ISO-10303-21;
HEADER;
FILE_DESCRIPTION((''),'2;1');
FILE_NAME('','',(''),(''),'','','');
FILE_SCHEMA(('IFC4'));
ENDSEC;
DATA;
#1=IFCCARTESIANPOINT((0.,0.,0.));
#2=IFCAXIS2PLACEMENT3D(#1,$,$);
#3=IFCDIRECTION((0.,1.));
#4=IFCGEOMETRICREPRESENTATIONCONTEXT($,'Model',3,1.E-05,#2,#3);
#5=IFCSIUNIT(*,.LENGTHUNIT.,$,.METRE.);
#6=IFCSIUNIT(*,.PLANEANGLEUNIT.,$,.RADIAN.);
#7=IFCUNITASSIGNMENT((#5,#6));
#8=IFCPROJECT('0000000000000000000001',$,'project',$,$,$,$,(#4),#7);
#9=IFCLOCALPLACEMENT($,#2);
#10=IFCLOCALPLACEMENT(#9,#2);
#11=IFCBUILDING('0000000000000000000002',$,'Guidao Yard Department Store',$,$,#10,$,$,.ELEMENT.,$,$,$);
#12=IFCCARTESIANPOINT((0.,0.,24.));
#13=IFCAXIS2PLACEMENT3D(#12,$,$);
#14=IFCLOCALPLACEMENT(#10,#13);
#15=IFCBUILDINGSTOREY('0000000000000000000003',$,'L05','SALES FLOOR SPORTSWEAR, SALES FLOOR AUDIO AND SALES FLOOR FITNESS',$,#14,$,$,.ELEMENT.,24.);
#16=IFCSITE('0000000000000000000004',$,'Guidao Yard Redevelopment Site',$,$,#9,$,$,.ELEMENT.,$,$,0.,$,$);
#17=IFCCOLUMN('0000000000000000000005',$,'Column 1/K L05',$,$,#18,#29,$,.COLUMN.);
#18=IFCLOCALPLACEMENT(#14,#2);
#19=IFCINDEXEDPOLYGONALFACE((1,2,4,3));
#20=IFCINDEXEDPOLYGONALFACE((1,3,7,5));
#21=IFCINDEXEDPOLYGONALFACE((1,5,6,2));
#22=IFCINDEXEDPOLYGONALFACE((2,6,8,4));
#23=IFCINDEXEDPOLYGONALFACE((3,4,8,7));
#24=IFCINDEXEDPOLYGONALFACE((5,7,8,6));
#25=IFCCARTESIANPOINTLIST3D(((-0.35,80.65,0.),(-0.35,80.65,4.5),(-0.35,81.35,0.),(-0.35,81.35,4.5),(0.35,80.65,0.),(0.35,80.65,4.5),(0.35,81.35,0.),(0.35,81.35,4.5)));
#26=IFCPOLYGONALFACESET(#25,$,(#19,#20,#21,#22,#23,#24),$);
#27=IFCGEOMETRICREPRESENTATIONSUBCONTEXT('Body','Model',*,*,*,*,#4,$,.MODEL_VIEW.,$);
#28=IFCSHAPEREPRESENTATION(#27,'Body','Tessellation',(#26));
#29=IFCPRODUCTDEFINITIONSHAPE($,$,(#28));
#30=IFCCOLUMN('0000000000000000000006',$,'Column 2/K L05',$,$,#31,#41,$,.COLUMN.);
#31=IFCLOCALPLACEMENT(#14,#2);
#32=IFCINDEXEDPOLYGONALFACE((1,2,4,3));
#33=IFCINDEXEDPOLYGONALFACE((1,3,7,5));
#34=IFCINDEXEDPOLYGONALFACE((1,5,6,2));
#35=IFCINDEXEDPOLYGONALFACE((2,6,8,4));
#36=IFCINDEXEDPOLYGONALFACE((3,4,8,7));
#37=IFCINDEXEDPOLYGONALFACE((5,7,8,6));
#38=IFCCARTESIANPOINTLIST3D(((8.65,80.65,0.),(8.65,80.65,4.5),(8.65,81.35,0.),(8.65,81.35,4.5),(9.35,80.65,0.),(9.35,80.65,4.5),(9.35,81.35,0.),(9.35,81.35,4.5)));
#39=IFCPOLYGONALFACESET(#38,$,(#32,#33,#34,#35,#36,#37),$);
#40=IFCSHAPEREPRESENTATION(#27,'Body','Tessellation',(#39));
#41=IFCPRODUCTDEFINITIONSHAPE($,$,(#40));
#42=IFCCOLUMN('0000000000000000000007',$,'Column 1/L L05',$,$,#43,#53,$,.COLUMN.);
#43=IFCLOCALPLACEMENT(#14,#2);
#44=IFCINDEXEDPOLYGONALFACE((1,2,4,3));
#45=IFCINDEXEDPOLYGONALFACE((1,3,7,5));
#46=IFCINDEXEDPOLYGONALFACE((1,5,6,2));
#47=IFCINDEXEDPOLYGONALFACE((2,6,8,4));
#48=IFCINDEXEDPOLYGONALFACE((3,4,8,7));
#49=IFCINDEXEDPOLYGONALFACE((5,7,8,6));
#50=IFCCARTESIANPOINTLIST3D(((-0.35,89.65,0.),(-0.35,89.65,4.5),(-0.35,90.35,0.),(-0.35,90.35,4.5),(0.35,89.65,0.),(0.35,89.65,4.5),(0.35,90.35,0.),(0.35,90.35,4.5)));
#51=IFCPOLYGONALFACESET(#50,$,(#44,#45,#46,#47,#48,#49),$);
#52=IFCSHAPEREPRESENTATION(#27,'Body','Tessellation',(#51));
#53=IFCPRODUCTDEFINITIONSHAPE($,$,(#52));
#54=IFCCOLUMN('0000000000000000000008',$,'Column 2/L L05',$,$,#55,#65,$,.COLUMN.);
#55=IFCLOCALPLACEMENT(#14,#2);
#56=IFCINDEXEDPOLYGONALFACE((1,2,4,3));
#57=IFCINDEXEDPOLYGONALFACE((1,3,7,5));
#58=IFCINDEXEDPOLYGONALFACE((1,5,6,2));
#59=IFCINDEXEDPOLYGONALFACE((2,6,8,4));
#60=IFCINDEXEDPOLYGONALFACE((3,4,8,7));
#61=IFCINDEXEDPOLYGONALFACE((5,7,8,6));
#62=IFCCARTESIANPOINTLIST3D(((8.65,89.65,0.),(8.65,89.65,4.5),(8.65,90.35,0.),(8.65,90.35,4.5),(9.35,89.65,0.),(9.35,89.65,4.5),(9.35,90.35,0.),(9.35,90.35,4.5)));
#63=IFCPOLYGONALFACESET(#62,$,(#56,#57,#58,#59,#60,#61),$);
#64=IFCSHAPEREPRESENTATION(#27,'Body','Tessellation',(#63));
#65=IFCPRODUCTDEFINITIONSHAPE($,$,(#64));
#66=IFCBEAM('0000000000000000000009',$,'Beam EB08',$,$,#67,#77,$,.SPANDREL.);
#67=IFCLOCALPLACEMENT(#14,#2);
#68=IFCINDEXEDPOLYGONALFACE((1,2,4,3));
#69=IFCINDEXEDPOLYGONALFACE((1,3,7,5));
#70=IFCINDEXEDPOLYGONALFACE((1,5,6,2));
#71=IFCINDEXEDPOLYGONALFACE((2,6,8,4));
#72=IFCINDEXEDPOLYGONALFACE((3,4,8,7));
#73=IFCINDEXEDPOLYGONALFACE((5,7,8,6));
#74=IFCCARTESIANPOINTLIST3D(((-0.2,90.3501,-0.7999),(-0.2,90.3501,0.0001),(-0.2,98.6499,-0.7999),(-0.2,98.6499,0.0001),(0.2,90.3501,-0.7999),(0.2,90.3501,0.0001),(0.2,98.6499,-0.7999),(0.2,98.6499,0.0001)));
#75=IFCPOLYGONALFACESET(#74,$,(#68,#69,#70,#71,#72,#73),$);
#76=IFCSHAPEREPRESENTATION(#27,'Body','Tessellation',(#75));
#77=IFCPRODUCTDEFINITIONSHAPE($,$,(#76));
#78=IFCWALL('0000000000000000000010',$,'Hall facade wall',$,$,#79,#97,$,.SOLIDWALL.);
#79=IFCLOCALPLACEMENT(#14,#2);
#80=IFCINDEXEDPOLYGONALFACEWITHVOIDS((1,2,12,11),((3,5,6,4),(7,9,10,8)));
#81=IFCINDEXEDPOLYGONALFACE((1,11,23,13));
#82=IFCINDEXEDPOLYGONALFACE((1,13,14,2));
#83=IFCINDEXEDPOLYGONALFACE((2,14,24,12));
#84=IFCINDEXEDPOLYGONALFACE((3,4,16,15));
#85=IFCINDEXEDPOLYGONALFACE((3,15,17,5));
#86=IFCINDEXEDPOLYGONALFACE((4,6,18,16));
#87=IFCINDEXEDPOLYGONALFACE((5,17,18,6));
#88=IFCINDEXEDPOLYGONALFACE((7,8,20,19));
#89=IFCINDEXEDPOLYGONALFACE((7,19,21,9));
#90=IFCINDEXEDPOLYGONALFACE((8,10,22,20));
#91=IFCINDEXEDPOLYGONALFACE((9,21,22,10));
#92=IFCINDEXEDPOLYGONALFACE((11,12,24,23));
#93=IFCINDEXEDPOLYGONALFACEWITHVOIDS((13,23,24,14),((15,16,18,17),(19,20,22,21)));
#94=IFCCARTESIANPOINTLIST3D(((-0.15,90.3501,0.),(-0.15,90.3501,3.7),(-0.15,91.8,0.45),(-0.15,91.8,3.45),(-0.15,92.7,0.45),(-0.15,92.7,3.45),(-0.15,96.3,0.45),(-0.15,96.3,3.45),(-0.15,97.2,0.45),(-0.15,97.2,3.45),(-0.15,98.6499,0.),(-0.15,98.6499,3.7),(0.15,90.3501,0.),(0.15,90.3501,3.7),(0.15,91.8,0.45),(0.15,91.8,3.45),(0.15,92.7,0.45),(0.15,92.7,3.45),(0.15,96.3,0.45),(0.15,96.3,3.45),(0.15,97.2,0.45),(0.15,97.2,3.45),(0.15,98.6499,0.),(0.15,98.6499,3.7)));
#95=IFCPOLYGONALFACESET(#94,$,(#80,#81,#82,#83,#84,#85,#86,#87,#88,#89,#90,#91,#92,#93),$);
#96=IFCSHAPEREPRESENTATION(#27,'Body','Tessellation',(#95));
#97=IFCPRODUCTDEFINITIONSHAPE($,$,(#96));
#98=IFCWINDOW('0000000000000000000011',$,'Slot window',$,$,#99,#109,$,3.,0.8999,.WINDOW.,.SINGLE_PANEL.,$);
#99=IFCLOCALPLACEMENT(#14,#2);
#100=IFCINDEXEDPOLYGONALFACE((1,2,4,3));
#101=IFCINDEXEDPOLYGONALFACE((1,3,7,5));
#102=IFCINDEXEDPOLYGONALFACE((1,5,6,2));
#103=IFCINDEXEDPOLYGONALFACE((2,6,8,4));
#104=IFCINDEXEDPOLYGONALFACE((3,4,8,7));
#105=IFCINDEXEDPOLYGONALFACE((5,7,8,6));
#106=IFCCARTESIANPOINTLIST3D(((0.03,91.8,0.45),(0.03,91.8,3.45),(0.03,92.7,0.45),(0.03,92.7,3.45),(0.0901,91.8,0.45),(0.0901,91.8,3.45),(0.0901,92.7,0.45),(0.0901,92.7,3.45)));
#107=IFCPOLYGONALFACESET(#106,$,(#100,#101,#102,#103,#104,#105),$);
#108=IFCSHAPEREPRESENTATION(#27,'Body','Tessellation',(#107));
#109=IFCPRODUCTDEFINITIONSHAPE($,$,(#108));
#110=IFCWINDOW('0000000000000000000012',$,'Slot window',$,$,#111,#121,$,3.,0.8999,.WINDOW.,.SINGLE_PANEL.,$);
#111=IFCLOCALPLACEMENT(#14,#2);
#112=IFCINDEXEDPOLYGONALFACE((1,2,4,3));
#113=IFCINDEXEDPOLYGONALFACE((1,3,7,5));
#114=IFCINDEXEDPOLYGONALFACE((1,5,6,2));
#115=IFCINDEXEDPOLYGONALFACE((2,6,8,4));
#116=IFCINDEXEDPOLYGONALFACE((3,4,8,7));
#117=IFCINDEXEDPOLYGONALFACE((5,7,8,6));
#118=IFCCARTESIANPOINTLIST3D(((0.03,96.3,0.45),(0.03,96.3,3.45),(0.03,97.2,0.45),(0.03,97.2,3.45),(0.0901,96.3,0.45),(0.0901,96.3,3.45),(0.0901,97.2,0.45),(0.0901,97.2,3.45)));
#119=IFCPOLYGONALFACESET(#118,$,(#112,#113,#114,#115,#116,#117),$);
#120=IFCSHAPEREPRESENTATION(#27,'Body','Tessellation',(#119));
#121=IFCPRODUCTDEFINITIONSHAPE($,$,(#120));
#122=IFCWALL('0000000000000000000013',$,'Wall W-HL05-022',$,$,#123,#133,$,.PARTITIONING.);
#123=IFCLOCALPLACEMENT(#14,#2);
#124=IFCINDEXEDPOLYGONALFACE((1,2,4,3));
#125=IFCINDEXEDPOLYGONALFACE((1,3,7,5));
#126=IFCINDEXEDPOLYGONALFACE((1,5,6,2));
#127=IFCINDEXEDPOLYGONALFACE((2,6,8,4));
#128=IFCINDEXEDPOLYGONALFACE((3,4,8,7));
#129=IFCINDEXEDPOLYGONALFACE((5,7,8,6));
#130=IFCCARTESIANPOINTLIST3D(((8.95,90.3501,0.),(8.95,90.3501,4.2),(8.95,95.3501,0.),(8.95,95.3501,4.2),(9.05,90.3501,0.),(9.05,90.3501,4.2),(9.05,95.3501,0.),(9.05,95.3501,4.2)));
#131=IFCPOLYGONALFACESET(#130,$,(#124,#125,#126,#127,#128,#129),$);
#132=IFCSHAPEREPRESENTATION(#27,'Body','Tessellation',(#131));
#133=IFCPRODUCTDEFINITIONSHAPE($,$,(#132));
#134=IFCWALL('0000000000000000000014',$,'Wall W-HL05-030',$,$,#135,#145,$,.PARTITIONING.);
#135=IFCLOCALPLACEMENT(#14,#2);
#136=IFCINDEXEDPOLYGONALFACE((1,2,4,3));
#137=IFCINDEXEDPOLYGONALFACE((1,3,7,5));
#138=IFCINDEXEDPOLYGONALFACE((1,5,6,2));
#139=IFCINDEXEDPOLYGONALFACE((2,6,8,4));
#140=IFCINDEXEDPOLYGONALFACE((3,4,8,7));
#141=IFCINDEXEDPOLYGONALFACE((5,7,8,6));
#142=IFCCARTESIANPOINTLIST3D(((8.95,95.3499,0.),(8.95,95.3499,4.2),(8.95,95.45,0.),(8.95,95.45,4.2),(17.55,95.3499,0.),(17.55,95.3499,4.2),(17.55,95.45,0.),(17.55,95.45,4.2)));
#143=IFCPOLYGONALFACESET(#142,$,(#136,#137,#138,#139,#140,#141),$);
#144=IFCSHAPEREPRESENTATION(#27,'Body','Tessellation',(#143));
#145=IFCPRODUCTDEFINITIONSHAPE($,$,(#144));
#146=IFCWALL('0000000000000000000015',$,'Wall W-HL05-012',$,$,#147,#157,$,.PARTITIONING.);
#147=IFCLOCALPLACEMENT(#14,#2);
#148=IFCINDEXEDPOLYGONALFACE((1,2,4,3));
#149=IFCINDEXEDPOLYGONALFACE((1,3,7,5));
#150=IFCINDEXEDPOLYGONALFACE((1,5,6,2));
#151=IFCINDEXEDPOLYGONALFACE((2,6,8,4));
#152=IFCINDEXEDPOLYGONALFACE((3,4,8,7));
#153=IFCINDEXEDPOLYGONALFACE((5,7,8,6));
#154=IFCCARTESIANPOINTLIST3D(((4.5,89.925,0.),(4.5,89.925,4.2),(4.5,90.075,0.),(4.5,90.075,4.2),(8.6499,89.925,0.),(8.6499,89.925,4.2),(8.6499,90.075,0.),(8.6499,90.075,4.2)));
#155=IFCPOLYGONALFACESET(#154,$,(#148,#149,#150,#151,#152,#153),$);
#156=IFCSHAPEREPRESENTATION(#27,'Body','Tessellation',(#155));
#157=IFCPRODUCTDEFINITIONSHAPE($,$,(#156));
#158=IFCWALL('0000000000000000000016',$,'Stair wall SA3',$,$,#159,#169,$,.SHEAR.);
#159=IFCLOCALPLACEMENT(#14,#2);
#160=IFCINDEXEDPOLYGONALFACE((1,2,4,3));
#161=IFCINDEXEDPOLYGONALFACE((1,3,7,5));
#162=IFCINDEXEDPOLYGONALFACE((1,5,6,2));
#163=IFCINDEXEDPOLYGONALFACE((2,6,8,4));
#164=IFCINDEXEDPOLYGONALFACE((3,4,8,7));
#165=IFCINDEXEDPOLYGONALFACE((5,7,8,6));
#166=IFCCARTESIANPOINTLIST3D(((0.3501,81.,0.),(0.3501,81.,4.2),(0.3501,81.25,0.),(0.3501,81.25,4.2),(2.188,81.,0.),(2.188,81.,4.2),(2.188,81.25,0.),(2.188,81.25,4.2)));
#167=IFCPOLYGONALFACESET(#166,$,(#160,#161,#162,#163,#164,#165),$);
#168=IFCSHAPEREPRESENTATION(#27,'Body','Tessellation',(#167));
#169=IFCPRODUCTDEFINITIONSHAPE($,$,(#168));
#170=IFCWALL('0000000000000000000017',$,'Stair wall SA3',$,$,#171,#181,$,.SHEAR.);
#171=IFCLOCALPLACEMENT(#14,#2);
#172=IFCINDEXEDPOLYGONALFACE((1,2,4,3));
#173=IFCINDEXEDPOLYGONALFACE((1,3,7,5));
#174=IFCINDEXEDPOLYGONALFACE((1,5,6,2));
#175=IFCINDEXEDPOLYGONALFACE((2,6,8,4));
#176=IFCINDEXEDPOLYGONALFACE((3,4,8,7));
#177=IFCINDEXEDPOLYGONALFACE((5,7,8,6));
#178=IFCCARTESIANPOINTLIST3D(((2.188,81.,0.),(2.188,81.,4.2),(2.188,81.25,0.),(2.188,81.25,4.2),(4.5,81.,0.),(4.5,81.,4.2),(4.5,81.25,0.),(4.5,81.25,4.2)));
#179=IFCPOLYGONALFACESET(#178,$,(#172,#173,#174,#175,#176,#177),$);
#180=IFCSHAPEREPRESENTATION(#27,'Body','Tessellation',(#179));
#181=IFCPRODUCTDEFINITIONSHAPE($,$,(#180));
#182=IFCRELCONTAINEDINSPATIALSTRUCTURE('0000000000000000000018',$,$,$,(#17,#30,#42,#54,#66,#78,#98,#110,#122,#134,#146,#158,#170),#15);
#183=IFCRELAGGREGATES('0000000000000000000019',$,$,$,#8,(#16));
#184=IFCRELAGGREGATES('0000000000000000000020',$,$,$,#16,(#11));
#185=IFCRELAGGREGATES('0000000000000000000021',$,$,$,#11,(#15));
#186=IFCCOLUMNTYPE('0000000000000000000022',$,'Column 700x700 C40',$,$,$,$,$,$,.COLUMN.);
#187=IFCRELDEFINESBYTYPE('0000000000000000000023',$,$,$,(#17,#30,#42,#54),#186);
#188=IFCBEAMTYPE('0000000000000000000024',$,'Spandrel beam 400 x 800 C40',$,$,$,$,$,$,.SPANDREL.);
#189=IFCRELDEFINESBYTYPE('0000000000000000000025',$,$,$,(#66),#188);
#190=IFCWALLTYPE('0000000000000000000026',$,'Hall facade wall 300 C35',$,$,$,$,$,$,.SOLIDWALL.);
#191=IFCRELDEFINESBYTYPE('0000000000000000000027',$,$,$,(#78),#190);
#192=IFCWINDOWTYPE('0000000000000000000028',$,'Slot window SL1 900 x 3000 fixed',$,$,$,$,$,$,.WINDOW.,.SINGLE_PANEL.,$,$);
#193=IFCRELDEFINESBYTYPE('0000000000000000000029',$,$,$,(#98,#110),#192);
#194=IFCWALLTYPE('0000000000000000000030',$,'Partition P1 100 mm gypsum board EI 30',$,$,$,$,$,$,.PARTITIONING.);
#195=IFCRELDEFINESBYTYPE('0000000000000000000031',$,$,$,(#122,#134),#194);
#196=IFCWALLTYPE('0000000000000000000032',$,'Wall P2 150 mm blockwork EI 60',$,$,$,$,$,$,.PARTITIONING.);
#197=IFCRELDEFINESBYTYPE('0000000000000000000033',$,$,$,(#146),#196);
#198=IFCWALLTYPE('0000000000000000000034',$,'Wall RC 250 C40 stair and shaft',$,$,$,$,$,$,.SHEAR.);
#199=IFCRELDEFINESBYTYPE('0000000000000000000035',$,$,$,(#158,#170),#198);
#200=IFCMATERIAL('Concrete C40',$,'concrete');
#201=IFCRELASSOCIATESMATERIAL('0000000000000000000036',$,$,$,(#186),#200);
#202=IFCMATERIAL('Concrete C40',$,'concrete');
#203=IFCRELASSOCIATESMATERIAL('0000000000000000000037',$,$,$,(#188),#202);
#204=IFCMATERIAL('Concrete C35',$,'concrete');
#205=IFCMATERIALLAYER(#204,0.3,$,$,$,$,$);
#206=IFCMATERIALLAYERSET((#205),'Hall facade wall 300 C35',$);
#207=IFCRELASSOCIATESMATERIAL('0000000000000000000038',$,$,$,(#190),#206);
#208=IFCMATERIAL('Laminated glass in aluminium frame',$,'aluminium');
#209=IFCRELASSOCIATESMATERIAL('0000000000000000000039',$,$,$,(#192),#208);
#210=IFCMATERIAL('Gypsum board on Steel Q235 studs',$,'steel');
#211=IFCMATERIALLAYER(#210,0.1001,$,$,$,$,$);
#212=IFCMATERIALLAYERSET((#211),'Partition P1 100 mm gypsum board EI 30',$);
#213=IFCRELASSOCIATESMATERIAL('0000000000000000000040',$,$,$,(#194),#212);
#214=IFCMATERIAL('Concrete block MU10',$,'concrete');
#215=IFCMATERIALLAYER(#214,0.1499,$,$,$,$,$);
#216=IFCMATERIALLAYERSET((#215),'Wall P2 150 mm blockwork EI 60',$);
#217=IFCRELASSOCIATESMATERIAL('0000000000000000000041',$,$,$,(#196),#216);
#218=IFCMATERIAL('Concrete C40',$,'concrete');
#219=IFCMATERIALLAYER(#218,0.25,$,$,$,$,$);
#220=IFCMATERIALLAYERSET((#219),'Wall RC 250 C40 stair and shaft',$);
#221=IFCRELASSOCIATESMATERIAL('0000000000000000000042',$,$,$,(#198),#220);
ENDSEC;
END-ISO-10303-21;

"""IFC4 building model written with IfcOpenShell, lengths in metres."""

from ifc_helpers import new_model, si_unit, direction, frame, frame_2d, origin, origin_2d, place, context, subcontext, project, spatial, rectangle, extrude, material, layer, layer_set, material_profile, profile_set, type_object, element, fill, save


model = new_model("IFC4")

# Units and contexts
model_context = context("Model", 3, precision=1e-05, world=origin(), true_north=direction((0.0, 1.0)))
body_context = subcontext(model_context, "Body", "Model", "MODEL_VIEW")
ifc_project = project(units=[si_unit("LENGTHUNIT", "METRE"), si_unit("PLANEANGLEUNIT", "RADIAN")], contexts=[model_context])

# Site, building, storey
site_placement = place(None, origin())
site = spatial("IfcSite", under=ifc_project, at=site_placement, Name="Guidao Yard Redevelopment Site", CompositionType="ELEMENT", RefElevation=0.0)
building_placement = place(site_placement, origin())
building = spatial("IfcBuilding", under=site, at=building_placement, Name="Guidao Yard Department Store", CompositionType="ELEMENT")
storey_placement = place(building_placement, frame((0.0, 0.0, 24.0)))
storey = spatial("IfcBuildingStorey", under=building, at=storey_placement, Name="L05", Description="SALES FLOOR SPORTSWEAR, SALES FLOOR AUDIO AND SALES FLOOR FITNESS", CompositionType="ELEMENT", Elevation=24.0)

# Columns
ifc_material_1 = material(Name="Concrete C40", Category="concrete")
ifc_material_profile_1 = material_profile(ifc_material_1, rectangle(XDim=0.7, YDim=0.7, at=origin_2d()), Name="COL 700x700")
ifc_profile_set_1 = profile_set([ifc_material_profile_1], Name="Concrete C40")
column_type = type_object("IfcColumnType", Name="Column 700x700 C40", PredefinedType="COLUMN", material=ifc_profile_set_1)
for number, where, z_axis, x_axis, name in (
    (1, (0.0, 81.0, 0.0), (0.0, 0.0, 1.0), (1.0, 0.0, 0.0), "Column 1/K L05"),
    (2, (9.0, 81.0, 0.0), (0.0, 0.0, 1.0), (1.0, 0.0, 0.0), "Column 2/K L05"),
    (3, (0.0, 90.0, 0.0), (0.0, 0.0, 1.0), (1.0, 0.0, 0.0), "Column 1/L L05"),
    (4, (9.0, 90.0, 0.0), (0.0, 0.0, 1.0), (1.0, 0.0, 0.0), "Column 2/L L05"),
):
    element("IfcColumn", number, at=place(storey_placement, frame(where, z_axis=z_axis, x_axis=x_axis)), inside=storey, type_object=column_type, Name=name, PredefinedType="COLUMN", context=body_context, shape_type="SweptSolid", body=[
        extrude(rectangle(XDim=0.7, YDim=0.7, at=origin_2d()), origin(), (0.0, 0.0, 1.0), 4.5),
    ])

# Beam
ifc_material_2 = material(Name="Concrete C40", Category="concrete")
ifc_material_profile_2 = material_profile(ifc_material_2, rectangle(XDim=0.3999, YDim=0.8, at=origin_2d()), Name="Spandrel beam 400 x 800 C40")
ifc_profile_set_2 = profile_set([ifc_material_profile_2], Name="Concrete C40")
beam_type = type_object("IfcBeamType", Name="Spandrel beam 400 x 800 C40", PredefinedType="SPANDREL", material=ifc_profile_set_2)
beam_placement = place(storey_placement, frame((0.0, 90.3501, -0.3999), z_axis=(0.0, 1.0, 0.0), x_axis=(-1.0, 0.0, 0.0)))
element("IfcBeam", 5, at=beam_placement, inside=storey, type_object=beam_type, Name="Beam EB08", PredefinedType="SPANDREL", context=body_context, shape_type="SweptSolid", body=[
    extrude(rectangle(XDim=0.3999, YDim=0.8, at=origin_2d()), origin(), (0.0, 0.0, 1.0), 8.2998),
])

# Wall, openings, windows
ifc_material_3 = material(Name="Concrete C35", Category="concrete")
ifc_layer_1 = layer(ifc_material_3, 0.3)
ifc_layer_set_1 = layer_set([ifc_layer_1], Name="Hall facade wall 300 C35")
wall_type_1 = type_object("IfcWallType", Name="Hall facade wall 300 C35", PredefinedType="SOLIDWALL", material=ifc_layer_set_1)
wall_1_placement = place(storey_placement, frame((0.0, 90.3501, 0.0), z_axis=(0.0, 0.0, 1.0), x_axis=(0.0, 1.0, 0.0)))
wall_1 = element("IfcWall", 6, at=wall_1_placement, inside=storey, type_object=wall_type_1, Name="Hall facade wall", PredefinedType="SOLIDWALL", context=body_context, shape_type="SweptSolid", body=[
    extrude(rectangle(XDim=8.2998, YDim=0.3, at=frame_2d((4.1499, 0.0))), origin(), (0.0, 0.0, 1.0), 3.7),
])
opening_1_placement = place(wall_1_placement, frame((1.45, 0.0, 0.45)))
opening_1 = element("IfcOpeningElement", 7, at=opening_1_placement, cuts=wall_1, PredefinedType="OPENING", context=body_context, shape_type="SweptSolid", body=[
    extrude(rectangle(XDim=0.8999, YDim=3.0, at=frame_2d((0.45, 1.5))), frame((0.0, 0.1599, 0.0), z_axis=(0.0, -1.0, 0.0), x_axis=(1.0, 0.0, 0.0)), (0.0, 0.0, 1.0), 0.3201),
])
opening_2_placement = place(wall_1_placement, frame((5.95, 0.0, 0.45)))
opening_2 = element("IfcOpeningElement", 8, at=opening_2_placement, cuts=wall_1, PredefinedType="OPENING", context=body_context, shape_type="SweptSolid", body=[
    extrude(rectangle(XDim=0.8999, YDim=3.0, at=frame_2d((0.45, 1.5))), frame((0.0, 0.1599, 0.0), z_axis=(0.0, -1.0, 0.0), x_axis=(1.0, 0.0, 0.0)), (0.0, 0.0, 1.0), 0.3201),
])
ifc_material_4 = material(Name="Laminated glass in aluminium frame", Category="aluminium")
window_type = type_object("IfcWindowType", Name="Slot window SL1 900 x 3000 fixed", PartitioningType="SINGLE_PANEL", PredefinedType="WINDOW", material=ifc_material_4)
window_1_placement = place(opening_1_placement, origin())
window_1 = element("IfcWindow", 9, at=window_1_placement, inside=storey, type_object=window_type, Name="Slot window", OverallHeight=3.0, OverallWidth=0.8999, PartitioningType="SINGLE_PANEL", PredefinedType="WINDOW", context=body_context, shape_type="SweptSolid", body=[
    extrude(rectangle(XDim=0.8999, YDim=3.0, at=frame_2d((0.45, 1.5))), frame((0.0, -0.03, 0.0), z_axis=(0.0, -1.0, 0.0), x_axis=(1.0, 0.0, 0.0)), (0.0, 0.0, 1.0), 0.0601),
])
fill(opening_1, window_1)
window_2_placement = place(opening_2_placement, origin())
window_2 = element("IfcWindow", 10, at=window_2_placement, inside=storey, type_object=window_type, Name="Slot window", OverallHeight=3.0, OverallWidth=0.8999, PartitioningType="SINGLE_PANEL", PredefinedType="WINDOW", context=body_context, shape_type="SweptSolid", body=[
    extrude(rectangle(XDim=0.8999, YDim=3.0, at=frame_2d((0.45, 1.5))), frame((0.0, -0.03, 0.0), z_axis=(0.0, -1.0, 0.0), x_axis=(1.0, 0.0, 0.0)), (0.0, 0.0, 1.0), 0.0601),
])
fill(opening_2, window_2)

# Walls
ifc_material_5 = material(Name="Gypsum board on Steel Q235 studs", Category="steel")
ifc_layer_2 = layer(ifc_material_5, 0.1001)
ifc_layer_set_2 = layer_set([ifc_layer_2], Name="Partition P1 100 mm gypsum board EI 30")
wall_type_2 = type_object("IfcWallType", Name="Partition P1 100 mm gypsum board EI 30", PredefinedType="PARTITIONING", material=ifc_layer_set_2)
wall_2_placement = place(storey_placement, frame((9.0, 90.3501, 0.0), z_axis=(0.0, 0.0, 1.0), x_axis=(0.0, 1.0, 0.0)))
element("IfcWall", 11, at=wall_2_placement, inside=storey, type_object=wall_type_2, Name="Wall W-HL05-022", PredefinedType="PARTITIONING", context=body_context, shape_type="SweptSolid", body=[
    extrude(rectangle(XDim=5.0, YDim=0.1001, at=frame_2d((2.5, 0.0))), origin(), (0.0, 0.0, 1.0), 4.2),
])
wall_3_placement = place(storey_placement, frame((8.95, 95.3999, 0.0), z_axis=(0.0, 0.0, 1.0), x_axis=(1.0, 0.0, 0.0)))
element("IfcWall", 12, at=wall_3_placement, inside=storey, type_object=wall_type_2, Name="Wall W-HL05-030", PredefinedType="PARTITIONING", context=body_context, shape_type="SweptSolid", body=[
    extrude(rectangle(XDim=8.6001, YDim=0.1001, at=frame_2d((4.3, 0.0))), origin(), (0.0, 0.0, 1.0), 4.2),
])
ifc_material_6 = material(Name="Concrete block MU10", Category="concrete")
ifc_layer_3 = layer(ifc_material_6, 0.1499)
ifc_layer_set_3 = layer_set([ifc_layer_3], Name="Wall P2 150 mm blockwork EI 60")
wall_type_3 = type_object("IfcWallType", Name="Wall P2 150 mm blockwork EI 60", PredefinedType="PARTITIONING", material=ifc_layer_set_3)
wall_4_placement = place(storey_placement, frame((4.5, 90.0, 0.0), z_axis=(0.0, 0.0, 1.0), x_axis=(1.0, 0.0, 0.0)))
element("IfcWall", 13, at=wall_4_placement, inside=storey, type_object=wall_type_3, Name="Wall W-HL05-012", PredefinedType="PARTITIONING", context=body_context, shape_type="SweptSolid", body=[
    extrude(rectangle(XDim=4.1499, YDim=0.1499, at=frame_2d((2.075, 0.0))), origin(), (0.0, 0.0, 1.0), 4.2),
])
ifc_material_7 = material(Name="Concrete C40", Category="concrete")
ifc_layer_4 = layer(ifc_material_7, 0.25)
ifc_layer_set_4 = layer_set([ifc_layer_4], Name="Wall RC 250 C40 stair and shaft")
wall_type_4 = type_object("IfcWallType", Name="Wall RC 250 C40 stair and shaft", PredefinedType="SHEAR", material=ifc_layer_set_4)
wall_5_placement = place(storey_placement, frame((0.3501, 81.125, 0.0), z_axis=(0.0, 0.0, 1.0), x_axis=(1.0, 0.0, 0.0)))
element("IfcWall", 14, at=wall_5_placement, inside=storey, type_object=wall_type_4, Name="Stair wall SA3", PredefinedType="SHEAR", context=body_context, shape_type="SweptSolid", body=[
    extrude(rectangle(XDim=1.8379, YDim=0.25, at=frame_2d((0.9189, 0.0))), origin(), (0.0, 0.0, 1.0), 4.2),
])
wall_6_placement = place(storey_placement, frame((2.188, 81.125, 0.0), z_axis=(0.0, 0.0, 1.0), x_axis=(1.0, 0.0, 0.0)))
element("IfcWall", 15, at=wall_6_placement, inside=storey, type_object=wall_type_4, Name="Stair wall SA3", PredefinedType="SHEAR", context=body_context, shape_type="SweptSolid", body=[
    extrude(rectangle(XDim=2.312, YDim=0.25, at=frame_2d((1.156, 0.0))), origin(), (0.0, 0.0, 1.0), 4.2),
])

save(model, "model.ifc")
